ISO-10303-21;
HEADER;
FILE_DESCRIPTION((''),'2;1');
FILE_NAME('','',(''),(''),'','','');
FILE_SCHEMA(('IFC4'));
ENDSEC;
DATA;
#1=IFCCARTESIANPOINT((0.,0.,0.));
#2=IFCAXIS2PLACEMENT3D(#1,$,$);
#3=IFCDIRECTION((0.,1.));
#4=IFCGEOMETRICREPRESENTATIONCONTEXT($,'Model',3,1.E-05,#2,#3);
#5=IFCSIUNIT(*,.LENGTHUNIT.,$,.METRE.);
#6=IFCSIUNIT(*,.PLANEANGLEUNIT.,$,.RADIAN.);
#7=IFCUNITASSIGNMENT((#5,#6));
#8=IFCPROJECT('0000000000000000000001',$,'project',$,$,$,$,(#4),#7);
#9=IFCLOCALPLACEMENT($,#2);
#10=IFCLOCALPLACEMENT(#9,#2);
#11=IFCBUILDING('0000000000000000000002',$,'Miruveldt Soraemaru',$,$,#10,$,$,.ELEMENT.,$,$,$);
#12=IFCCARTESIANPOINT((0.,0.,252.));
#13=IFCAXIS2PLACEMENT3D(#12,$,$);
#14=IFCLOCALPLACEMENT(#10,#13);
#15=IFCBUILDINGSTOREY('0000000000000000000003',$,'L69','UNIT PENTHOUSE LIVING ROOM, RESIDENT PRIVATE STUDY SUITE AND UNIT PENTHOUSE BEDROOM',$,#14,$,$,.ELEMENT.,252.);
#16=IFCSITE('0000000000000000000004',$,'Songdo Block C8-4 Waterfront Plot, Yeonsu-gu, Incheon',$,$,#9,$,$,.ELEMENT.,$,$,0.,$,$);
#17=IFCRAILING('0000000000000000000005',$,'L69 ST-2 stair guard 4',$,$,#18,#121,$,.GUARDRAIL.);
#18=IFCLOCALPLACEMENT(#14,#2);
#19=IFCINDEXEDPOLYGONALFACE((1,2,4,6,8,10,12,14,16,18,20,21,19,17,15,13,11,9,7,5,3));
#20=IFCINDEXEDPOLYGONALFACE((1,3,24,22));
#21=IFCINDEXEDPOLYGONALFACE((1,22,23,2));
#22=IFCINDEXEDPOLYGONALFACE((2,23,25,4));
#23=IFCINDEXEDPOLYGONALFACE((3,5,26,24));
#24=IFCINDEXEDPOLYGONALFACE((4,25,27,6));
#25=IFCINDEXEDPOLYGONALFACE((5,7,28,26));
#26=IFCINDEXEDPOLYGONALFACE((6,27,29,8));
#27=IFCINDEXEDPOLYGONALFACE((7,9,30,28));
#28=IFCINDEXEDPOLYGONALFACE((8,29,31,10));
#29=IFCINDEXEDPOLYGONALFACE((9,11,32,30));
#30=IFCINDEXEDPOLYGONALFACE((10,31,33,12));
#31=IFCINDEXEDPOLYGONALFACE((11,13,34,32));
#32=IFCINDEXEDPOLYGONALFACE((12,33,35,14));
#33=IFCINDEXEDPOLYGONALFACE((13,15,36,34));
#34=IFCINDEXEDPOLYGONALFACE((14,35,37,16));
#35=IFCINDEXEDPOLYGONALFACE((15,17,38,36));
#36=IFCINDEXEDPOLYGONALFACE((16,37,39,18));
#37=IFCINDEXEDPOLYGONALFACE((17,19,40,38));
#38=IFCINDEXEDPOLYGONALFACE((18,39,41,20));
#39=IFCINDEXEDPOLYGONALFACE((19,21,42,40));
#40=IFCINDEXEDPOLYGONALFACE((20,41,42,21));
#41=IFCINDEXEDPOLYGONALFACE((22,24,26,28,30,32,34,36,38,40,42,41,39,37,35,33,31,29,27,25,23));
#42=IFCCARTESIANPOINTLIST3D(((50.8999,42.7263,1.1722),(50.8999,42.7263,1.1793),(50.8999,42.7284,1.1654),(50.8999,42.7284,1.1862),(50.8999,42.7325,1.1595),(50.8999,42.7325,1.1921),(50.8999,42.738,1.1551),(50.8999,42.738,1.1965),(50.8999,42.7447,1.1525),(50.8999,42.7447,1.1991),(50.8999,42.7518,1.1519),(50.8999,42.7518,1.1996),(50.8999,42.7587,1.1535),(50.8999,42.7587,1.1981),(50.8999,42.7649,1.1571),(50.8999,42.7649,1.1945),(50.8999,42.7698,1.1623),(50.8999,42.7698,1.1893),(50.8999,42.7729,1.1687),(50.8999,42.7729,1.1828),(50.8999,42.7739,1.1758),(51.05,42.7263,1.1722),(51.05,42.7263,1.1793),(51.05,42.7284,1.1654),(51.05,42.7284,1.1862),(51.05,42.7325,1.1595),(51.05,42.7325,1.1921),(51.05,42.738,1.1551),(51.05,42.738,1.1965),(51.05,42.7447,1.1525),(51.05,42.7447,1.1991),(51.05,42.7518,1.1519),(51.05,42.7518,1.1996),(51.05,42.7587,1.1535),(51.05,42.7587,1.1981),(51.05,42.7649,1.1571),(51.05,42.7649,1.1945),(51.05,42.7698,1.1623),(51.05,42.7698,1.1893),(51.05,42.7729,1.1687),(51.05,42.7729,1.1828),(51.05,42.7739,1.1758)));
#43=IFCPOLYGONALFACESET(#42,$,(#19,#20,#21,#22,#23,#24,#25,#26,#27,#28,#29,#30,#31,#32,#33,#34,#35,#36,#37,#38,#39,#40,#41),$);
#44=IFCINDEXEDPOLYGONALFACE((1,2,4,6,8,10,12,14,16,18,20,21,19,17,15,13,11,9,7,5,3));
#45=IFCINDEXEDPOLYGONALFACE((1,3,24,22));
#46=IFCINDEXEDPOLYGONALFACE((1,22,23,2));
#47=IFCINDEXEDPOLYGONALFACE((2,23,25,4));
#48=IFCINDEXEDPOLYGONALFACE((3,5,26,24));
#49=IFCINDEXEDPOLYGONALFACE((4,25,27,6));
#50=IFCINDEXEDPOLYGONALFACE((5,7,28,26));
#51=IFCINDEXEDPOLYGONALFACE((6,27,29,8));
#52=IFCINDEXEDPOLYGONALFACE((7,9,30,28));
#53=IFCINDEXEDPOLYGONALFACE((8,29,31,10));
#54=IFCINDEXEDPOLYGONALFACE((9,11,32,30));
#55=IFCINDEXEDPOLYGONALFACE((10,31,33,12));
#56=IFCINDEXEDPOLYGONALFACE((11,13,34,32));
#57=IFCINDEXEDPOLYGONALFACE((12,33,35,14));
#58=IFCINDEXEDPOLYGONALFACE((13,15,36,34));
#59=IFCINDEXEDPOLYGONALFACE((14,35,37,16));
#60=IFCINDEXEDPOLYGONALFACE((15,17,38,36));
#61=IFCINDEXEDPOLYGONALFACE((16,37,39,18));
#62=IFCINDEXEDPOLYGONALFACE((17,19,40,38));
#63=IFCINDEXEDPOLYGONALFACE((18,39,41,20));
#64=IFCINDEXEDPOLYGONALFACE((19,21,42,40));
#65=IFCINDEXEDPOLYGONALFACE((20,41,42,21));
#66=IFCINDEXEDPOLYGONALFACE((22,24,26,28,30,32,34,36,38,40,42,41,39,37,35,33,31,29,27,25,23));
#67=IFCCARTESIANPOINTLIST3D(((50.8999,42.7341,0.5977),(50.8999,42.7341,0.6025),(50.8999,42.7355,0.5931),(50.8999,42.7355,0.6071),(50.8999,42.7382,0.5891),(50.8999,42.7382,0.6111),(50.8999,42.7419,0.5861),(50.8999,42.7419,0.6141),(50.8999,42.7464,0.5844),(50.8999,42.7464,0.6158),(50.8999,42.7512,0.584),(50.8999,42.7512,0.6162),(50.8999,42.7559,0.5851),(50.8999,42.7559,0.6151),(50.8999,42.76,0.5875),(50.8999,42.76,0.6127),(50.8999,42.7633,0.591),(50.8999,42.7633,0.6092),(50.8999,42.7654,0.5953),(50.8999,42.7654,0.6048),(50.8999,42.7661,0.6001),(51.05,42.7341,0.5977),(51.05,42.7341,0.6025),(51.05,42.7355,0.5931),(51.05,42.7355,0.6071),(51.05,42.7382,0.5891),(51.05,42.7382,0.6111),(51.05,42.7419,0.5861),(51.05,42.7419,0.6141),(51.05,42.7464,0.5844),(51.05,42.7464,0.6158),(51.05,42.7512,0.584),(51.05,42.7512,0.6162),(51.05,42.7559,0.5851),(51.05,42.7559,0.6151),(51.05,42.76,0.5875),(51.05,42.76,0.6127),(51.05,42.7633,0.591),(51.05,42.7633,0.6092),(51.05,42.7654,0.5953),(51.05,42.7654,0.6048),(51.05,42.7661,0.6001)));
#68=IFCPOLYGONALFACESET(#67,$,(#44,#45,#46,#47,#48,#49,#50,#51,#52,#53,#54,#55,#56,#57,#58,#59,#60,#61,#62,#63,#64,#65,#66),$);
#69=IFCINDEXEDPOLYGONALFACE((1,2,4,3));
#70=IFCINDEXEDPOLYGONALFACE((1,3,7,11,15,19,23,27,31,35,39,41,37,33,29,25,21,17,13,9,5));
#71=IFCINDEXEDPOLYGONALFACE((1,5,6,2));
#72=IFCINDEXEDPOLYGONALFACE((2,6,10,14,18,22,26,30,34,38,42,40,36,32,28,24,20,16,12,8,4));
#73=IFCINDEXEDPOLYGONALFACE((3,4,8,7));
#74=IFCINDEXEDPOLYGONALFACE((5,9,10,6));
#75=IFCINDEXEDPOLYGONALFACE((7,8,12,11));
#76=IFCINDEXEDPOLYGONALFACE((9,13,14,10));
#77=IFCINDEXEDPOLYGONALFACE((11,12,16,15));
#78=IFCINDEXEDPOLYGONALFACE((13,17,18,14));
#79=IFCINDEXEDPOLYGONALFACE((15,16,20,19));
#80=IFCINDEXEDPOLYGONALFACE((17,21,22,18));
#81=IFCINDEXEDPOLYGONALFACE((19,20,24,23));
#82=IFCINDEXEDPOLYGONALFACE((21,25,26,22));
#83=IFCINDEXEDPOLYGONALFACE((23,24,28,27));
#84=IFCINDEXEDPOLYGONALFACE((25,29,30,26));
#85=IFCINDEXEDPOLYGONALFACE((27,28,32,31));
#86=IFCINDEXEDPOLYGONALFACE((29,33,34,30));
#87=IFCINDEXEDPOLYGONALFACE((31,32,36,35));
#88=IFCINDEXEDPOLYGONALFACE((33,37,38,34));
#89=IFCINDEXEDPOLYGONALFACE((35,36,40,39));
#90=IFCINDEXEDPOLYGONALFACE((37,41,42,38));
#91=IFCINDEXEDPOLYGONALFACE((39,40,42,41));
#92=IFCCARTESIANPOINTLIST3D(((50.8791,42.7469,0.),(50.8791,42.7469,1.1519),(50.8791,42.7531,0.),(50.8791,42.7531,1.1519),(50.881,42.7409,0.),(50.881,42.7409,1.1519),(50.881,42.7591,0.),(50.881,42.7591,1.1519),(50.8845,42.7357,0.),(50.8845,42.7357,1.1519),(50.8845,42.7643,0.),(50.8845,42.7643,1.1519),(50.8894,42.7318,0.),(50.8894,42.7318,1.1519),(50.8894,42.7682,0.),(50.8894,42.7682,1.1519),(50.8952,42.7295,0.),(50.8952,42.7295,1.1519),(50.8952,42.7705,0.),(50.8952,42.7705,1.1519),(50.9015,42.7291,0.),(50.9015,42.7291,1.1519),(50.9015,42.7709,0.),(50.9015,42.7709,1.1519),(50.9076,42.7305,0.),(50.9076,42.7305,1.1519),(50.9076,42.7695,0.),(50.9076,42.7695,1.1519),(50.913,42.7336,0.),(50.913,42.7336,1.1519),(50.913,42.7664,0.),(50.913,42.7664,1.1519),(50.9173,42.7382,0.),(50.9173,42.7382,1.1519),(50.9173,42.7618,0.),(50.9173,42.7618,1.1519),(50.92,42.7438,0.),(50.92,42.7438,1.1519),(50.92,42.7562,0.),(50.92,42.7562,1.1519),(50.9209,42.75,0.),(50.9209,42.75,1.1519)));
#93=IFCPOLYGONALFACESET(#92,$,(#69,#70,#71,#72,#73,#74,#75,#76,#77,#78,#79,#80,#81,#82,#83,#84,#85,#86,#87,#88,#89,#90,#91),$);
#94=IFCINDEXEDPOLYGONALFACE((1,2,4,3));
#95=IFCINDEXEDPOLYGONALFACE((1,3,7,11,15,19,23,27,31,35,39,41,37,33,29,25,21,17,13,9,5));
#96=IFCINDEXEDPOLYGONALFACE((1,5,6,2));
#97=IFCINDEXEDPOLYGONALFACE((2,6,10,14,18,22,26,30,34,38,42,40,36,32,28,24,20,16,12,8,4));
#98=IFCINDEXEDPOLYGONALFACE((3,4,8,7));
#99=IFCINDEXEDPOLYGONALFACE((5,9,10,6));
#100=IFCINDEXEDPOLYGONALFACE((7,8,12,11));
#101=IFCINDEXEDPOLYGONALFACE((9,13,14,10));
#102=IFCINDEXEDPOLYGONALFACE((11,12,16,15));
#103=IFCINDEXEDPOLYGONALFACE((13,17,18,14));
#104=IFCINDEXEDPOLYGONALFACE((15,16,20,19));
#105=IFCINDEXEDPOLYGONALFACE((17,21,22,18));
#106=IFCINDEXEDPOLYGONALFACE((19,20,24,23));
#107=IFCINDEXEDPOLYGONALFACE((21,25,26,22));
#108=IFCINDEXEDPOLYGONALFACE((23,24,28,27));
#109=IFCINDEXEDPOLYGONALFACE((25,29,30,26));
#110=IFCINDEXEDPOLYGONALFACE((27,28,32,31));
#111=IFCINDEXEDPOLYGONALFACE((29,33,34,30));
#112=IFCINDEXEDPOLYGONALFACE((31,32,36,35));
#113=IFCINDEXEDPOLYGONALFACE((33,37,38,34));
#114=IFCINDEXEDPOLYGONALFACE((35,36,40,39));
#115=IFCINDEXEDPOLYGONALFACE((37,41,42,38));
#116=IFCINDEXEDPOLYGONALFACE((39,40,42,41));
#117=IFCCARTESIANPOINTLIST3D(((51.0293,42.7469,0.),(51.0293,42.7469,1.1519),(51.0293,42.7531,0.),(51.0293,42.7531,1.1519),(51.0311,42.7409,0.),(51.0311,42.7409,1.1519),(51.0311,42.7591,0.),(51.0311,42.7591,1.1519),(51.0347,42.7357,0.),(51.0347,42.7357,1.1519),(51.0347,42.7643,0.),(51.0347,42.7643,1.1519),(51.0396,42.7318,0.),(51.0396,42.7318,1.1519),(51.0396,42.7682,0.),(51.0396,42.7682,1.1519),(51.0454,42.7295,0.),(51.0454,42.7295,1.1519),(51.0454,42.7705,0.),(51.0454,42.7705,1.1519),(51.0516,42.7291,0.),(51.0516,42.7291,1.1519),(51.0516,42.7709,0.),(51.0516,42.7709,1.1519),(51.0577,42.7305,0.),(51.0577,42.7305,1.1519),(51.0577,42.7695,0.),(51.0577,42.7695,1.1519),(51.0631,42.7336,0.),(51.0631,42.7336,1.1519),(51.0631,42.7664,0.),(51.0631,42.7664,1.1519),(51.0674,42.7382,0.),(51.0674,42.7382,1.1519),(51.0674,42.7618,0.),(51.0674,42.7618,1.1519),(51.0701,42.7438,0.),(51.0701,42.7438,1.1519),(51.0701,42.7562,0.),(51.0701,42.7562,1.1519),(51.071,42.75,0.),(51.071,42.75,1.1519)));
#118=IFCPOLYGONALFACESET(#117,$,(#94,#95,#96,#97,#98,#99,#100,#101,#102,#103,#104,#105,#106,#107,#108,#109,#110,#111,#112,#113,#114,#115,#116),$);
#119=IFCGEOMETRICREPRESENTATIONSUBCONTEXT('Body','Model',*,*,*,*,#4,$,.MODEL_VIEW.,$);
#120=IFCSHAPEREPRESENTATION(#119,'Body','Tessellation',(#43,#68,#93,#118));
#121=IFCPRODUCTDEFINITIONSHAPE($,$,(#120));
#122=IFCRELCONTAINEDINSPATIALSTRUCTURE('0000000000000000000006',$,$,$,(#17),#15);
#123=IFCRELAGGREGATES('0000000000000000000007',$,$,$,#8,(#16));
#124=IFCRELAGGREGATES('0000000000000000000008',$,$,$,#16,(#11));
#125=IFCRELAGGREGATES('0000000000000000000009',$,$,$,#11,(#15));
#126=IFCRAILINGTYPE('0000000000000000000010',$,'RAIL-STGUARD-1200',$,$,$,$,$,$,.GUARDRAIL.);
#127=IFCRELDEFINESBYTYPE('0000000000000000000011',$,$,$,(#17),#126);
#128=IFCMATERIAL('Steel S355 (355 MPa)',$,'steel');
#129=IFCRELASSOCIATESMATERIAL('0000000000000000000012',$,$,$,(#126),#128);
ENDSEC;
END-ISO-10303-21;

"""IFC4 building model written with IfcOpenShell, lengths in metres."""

from ifc_helpers import new_model, si_unit, direction, frame, origin, origin_2d, place, context, subcontext, project, spatial, circle, extrude, material, type_object, element, save


model = new_model("IFC4")

# Units and contexts
model_context = context("Model", 3, precision=1e-05, world=origin(), true_north=direction((0.0, 1.0)))
body_context = subcontext(model_context, "Body", "Model", "MODEL_VIEW")
ifc_project = project(units=[si_unit("LENGTHUNIT", "METRE"), si_unit("PLANEANGLEUNIT", "RADIAN")], contexts=[model_context])

# Site, building, storey
site_placement = place(None, origin())
site = spatial("IfcSite", under=ifc_project, at=site_placement, Name="Songdo Block C8-4 Waterfront Plot, Yeonsu-gu, Incheon", CompositionType="ELEMENT", RefElevation=0.0)
building_placement = place(site_placement, origin())
building = spatial("IfcBuilding", under=site, at=building_placement, Name="Miruveldt Soraemaru", CompositionType="ELEMENT")
storey_placement = place(building_placement, frame((0.0, 0.0, 252.0)))
storey = spatial("IfcBuildingStorey", under=building, at=storey_placement, Name="L69", Description="UNIT PENTHOUSE LIVING ROOM, RESIDENT PRIVATE STUDY SUITE AND UNIT PENTHOUSE BEDROOM", CompositionType="ELEMENT", Elevation=252.0)

# Railing
ifc_material_1 = material(Name="Steel S355 (355 MPa)", Category="steel")
railing_type_1 = type_object("IfcRailingType", Name="RAIL-STGUARD-1200", PredefinedType="GUARDRAIL", material=ifc_material_1)
railing_1_placement = place(storey_placement, frame((50.8999, 42.75, 0.0)))
element("IfcRailing", 1, at=railing_1_placement, inside=storey, type_object=railing_type_1, Name="L69 ST-2 stair guard 4", PredefinedType="GUARDRAIL", context=body_context, shape_type="SweptSolid", body=[
    extrude(circle(Radius=0.0239, at=origin_2d()), frame((0.0, 0.0, 1.1758), z_axis=(1.0, 0.0, 0.0), x_axis=(0.0, 1.0, 0.0)), (0.0, 0.0, 1.0), 0.1501),
    extrude(circle(Radius=0.0161, at=origin_2d()), frame((0.0, 0.0, 0.6001), z_axis=(1.0, 0.0, 0.0), x_axis=(0.0, 1.0, 0.0)), (0.0, 0.0, 1.0), 0.1501),
    extrude(circle(Radius=0.021, at=origin_2d()), origin(), (0.0, 0.0, 1.0), 1.1519),
    extrude(circle(Radius=0.021, at=origin_2d()), frame((0.1501, 0.0, 0.0)), (0.0, 0.0, 1.0), 1.1519),
])

save(model, "model.ifc")
